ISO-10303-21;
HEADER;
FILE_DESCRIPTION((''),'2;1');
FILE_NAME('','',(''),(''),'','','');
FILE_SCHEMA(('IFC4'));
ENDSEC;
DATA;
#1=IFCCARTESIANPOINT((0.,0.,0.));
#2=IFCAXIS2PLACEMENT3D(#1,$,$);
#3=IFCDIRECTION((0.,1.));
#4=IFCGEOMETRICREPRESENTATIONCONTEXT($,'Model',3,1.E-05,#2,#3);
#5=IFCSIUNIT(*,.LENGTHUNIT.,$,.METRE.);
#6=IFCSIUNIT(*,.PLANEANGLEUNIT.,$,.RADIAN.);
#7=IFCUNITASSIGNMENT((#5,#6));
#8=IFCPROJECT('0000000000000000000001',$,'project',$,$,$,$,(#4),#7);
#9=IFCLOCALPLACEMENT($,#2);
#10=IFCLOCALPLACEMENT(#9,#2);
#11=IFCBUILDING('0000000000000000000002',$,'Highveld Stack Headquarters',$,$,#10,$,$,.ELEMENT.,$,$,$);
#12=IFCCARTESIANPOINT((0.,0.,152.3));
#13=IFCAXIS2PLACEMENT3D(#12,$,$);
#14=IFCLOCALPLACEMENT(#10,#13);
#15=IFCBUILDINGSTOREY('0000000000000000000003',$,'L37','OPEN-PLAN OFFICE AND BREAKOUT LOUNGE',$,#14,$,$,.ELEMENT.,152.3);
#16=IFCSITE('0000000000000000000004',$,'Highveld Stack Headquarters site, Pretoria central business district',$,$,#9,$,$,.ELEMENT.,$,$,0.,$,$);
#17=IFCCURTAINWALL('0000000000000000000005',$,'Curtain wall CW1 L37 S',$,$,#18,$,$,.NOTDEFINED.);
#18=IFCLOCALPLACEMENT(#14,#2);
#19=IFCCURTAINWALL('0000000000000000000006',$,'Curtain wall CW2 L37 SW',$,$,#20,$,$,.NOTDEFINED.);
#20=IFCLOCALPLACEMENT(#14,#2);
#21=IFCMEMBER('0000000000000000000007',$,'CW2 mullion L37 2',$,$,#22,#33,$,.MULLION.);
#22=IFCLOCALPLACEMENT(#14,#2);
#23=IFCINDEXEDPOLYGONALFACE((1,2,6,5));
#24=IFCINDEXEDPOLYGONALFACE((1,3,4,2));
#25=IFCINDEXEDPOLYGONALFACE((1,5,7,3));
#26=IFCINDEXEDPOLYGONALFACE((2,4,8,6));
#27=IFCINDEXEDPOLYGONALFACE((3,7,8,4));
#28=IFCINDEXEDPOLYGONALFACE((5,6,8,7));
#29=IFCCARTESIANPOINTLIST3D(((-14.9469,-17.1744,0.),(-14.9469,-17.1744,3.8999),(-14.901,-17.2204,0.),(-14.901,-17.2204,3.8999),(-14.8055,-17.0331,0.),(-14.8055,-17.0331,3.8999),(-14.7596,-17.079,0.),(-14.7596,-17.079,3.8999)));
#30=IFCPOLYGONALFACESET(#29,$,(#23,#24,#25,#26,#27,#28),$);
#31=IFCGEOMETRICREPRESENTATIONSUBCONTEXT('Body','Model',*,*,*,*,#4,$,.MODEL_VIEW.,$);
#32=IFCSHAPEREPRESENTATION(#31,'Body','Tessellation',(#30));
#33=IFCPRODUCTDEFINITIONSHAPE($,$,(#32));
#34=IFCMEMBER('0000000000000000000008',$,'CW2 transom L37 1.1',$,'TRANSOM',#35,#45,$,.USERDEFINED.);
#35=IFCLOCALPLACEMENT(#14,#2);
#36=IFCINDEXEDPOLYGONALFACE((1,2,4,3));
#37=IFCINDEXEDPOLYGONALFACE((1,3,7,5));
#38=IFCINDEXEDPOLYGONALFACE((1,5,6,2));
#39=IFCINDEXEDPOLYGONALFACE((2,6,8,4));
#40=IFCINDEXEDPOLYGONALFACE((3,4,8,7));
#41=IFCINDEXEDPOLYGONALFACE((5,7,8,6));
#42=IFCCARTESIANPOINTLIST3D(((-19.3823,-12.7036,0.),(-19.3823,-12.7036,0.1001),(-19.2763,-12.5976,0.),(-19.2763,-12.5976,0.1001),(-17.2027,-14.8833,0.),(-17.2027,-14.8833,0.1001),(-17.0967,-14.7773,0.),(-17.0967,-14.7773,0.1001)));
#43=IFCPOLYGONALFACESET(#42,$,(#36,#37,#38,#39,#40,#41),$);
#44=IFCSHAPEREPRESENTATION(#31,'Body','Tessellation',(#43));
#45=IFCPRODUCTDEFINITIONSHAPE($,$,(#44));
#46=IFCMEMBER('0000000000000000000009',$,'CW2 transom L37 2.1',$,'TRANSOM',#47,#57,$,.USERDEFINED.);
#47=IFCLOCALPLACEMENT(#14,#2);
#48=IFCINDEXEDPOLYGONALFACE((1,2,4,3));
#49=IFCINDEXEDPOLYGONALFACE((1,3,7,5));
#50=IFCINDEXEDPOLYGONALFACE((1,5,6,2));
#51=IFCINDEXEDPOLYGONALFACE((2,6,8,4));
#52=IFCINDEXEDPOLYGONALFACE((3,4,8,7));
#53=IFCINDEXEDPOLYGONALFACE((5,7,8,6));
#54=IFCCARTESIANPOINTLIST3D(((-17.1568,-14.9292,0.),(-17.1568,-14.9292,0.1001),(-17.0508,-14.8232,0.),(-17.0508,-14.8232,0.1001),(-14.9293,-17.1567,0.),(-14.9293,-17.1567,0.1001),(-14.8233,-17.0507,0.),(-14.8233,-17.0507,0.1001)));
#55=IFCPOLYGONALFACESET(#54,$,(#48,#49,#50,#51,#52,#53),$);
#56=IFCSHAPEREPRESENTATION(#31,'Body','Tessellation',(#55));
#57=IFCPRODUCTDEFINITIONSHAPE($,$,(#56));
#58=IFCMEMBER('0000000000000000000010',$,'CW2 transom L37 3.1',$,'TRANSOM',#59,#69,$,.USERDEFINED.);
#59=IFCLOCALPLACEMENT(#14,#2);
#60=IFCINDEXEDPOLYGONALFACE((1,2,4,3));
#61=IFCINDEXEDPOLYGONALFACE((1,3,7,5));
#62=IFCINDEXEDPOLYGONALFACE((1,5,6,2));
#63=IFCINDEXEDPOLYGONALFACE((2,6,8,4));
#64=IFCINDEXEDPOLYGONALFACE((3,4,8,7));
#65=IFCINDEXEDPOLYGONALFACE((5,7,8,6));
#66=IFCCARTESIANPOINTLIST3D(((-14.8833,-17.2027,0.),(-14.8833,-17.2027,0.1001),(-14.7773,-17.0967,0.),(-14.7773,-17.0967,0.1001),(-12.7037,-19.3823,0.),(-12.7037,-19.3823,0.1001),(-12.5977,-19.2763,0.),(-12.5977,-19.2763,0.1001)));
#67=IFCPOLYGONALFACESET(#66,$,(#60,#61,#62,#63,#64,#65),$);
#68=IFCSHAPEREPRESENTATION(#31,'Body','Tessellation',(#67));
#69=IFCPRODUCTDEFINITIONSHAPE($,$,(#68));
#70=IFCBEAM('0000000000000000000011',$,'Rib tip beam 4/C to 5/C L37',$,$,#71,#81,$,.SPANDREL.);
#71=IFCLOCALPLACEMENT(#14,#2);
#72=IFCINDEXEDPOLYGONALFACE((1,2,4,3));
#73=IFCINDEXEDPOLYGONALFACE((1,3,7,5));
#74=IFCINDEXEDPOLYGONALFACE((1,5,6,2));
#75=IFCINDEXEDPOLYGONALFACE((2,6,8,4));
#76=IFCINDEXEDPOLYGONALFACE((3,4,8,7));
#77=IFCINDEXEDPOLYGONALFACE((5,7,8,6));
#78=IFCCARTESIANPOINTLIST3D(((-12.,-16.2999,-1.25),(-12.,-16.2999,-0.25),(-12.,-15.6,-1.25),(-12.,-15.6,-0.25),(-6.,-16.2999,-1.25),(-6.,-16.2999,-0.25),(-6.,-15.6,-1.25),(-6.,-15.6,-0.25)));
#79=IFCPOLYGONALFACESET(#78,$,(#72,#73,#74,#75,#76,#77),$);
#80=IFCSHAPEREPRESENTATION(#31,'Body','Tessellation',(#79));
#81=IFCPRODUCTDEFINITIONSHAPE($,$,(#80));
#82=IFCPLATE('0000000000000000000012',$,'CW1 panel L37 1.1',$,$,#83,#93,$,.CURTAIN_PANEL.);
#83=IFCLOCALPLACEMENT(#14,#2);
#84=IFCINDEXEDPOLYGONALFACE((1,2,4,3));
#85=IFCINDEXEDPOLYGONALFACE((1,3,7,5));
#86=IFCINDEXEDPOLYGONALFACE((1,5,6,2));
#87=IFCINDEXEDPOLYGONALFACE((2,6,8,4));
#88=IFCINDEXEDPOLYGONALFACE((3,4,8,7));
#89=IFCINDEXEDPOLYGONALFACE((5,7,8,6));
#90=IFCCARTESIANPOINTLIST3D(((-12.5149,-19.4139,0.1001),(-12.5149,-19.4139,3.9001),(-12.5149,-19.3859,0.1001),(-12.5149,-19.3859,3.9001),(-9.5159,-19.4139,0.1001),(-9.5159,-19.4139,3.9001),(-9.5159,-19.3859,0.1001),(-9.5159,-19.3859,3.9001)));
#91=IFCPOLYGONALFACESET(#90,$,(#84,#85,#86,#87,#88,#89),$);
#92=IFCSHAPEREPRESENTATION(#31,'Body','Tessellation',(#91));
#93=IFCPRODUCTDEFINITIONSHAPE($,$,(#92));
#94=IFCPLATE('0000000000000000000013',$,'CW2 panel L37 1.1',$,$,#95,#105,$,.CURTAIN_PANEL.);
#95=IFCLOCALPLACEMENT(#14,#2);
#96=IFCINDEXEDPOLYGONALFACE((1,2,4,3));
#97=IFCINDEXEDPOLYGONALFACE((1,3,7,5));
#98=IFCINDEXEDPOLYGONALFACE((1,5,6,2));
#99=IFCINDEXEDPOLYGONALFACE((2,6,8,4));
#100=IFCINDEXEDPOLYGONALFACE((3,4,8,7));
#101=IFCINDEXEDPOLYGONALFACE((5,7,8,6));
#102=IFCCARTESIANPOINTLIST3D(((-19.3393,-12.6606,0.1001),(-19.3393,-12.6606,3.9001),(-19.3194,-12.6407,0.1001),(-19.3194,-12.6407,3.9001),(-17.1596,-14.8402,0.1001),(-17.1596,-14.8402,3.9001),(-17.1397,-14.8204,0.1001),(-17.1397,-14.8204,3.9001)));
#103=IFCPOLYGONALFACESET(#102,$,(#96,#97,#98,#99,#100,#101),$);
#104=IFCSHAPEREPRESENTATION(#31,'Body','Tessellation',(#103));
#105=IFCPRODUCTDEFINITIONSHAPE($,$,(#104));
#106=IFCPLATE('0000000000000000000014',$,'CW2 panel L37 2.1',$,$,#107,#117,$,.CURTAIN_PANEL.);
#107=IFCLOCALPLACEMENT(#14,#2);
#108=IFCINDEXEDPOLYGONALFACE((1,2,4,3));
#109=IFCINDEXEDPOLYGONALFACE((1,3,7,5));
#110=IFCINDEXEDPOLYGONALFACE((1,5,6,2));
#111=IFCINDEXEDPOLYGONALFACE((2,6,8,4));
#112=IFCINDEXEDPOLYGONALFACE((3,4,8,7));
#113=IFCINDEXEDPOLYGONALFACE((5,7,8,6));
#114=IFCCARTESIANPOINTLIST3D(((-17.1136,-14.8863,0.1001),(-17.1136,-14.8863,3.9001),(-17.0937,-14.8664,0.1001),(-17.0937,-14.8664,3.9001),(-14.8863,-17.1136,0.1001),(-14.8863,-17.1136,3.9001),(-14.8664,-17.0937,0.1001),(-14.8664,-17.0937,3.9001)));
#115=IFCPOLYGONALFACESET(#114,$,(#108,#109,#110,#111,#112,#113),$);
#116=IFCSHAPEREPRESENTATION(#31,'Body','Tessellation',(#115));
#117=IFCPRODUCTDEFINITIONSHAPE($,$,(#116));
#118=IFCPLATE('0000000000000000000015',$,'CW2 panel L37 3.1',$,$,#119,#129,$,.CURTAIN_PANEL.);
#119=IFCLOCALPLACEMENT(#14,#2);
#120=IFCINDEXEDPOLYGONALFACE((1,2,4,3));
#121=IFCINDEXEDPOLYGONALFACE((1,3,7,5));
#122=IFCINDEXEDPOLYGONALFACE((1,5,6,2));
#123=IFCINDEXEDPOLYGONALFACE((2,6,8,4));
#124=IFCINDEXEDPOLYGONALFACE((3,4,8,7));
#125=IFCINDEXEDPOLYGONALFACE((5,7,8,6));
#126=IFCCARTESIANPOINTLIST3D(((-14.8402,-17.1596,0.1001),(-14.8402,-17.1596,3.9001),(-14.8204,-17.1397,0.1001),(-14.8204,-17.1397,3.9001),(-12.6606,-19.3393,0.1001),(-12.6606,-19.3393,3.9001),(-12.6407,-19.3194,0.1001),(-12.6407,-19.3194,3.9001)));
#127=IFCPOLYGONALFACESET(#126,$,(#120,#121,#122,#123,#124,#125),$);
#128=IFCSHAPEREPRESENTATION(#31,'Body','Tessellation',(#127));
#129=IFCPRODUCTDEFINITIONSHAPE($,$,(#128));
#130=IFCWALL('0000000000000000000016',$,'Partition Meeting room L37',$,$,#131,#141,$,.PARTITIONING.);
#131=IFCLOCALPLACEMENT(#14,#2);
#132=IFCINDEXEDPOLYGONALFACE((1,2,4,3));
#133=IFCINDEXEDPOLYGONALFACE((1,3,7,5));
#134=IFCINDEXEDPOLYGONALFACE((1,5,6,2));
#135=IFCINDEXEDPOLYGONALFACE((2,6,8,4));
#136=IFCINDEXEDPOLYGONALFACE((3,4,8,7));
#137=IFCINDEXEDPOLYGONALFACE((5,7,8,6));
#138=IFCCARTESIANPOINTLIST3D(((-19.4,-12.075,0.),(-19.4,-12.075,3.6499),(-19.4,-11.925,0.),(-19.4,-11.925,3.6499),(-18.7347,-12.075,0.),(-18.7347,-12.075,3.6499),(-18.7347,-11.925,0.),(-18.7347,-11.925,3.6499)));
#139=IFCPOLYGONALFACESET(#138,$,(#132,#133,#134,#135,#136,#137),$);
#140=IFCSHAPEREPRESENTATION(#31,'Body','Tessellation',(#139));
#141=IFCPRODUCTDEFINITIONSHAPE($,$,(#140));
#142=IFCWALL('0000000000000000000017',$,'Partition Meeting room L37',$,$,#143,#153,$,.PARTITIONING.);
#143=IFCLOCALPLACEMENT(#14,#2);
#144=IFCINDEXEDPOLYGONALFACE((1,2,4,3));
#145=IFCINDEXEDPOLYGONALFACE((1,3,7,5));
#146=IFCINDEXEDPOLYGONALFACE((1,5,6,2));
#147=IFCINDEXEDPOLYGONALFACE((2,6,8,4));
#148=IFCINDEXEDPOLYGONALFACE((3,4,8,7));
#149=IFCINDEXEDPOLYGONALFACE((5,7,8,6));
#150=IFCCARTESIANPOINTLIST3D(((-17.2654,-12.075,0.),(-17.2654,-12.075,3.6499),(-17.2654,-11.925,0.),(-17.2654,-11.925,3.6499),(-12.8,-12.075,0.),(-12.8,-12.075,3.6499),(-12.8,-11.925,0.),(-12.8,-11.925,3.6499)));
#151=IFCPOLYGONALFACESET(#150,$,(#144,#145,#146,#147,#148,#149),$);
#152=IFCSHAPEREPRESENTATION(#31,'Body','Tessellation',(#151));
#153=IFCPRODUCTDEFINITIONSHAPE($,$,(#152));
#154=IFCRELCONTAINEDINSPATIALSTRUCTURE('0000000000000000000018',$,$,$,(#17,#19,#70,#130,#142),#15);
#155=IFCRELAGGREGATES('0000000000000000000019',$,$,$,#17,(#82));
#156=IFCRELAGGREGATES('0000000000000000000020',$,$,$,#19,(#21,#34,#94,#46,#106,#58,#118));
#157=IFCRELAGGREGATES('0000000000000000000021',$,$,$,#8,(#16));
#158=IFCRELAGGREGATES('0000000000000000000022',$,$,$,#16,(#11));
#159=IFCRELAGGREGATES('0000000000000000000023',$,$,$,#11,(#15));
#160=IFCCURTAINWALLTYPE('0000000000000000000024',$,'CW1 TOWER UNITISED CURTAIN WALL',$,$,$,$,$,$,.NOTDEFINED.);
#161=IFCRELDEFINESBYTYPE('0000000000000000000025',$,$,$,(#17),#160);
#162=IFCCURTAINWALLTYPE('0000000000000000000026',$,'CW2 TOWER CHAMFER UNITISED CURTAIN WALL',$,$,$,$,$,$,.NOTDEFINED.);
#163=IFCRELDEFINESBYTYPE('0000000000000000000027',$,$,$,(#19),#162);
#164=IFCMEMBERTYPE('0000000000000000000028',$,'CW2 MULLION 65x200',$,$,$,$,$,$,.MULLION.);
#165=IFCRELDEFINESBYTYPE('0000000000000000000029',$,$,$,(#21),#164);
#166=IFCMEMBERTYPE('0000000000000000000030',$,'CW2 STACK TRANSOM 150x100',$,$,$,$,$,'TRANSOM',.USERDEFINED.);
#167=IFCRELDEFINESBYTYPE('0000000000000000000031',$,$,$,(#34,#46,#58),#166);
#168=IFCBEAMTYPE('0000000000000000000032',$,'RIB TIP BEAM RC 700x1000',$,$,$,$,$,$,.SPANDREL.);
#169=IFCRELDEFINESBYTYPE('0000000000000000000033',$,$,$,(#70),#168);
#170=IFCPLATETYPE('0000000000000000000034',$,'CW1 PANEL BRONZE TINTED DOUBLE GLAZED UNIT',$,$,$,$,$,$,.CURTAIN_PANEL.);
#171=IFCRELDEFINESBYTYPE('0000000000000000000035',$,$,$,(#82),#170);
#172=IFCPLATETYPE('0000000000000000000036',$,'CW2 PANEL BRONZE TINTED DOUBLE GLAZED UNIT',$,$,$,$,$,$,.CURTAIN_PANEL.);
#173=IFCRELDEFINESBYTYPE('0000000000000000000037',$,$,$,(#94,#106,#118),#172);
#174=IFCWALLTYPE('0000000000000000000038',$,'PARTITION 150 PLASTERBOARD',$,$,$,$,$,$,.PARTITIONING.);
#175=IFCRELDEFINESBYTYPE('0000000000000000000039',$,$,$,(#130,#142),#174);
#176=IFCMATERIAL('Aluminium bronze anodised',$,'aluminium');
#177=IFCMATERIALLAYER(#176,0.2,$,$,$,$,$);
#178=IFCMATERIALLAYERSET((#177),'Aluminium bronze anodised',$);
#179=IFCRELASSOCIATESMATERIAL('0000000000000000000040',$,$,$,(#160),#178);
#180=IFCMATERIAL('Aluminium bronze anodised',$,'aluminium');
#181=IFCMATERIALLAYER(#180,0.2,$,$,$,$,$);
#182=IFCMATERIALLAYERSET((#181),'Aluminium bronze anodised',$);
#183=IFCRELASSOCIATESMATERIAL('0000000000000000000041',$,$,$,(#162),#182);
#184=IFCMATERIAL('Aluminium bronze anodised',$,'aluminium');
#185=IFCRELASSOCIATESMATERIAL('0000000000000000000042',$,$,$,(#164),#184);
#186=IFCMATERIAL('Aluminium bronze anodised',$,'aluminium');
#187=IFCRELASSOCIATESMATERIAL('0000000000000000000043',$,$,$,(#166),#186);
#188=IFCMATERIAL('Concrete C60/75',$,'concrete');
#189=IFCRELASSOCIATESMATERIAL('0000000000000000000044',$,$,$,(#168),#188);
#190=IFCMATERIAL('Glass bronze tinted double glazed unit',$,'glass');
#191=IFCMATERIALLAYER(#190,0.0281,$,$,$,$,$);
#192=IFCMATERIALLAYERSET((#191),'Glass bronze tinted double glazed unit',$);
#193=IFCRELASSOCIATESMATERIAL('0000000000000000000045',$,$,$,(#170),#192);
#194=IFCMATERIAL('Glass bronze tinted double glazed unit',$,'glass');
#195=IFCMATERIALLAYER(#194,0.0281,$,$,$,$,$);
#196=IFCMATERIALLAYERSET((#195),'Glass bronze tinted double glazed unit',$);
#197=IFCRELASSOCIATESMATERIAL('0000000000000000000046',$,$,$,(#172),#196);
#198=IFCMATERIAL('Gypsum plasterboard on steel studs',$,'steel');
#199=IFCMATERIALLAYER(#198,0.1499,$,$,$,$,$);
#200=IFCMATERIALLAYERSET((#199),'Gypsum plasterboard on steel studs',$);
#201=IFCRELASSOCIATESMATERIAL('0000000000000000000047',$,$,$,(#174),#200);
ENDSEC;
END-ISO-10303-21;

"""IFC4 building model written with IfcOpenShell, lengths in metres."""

from ifc_helpers import new_model, si_unit, direction, frame, frame_2d, origin, origin_2d, place, context, subcontext, project, spatial, rectangle, extrude, material, layer, layer_set, material_profile, profile_set, type_object, element, aggregate, save


model = new_model("IFC4")

# Units and contexts
model_context = context("Model", 3, precision=1e-05, world=origin(), true_north=direction((0.0, 1.0)))
body_context = subcontext(model_context, "Body", "Model", "MODEL_VIEW")
ifc_project = project(units=[si_unit("LENGTHUNIT", "METRE"), si_unit("PLANEANGLEUNIT", "RADIAN")], contexts=[model_context])

# Site, building, storey
site_placement = place(None, origin())
site = spatial("IfcSite", under=ifc_project, at=site_placement, Name="Highveld Stack Headquarters site, Pretoria central business district", CompositionType="ELEMENT", RefElevation=0.0)
building_placement = place(site_placement, origin())
building = spatial("IfcBuilding", under=site, at=building_placement, Name="Highveld Stack Headquarters", CompositionType="ELEMENT")
storey_placement = place(building_placement, frame((0.0, 0.0, 152.3)))
storey = spatial("IfcBuildingStorey", under=building, at=storey_placement, Name="L37", Description="OPEN-PLAN OFFICE AND BREAKOUT LOUNGE", CompositionType="ELEMENT", Elevation=152.3)

# Curtain wall
ifc_material_1 = material(Name="Aluminium bronze anodised", Category="aluminium")
ifc_layer_1 = layer(ifc_material_1, 0.2)
ifc_layer_set_1 = layer_set([ifc_layer_1], Name="Aluminium bronze anodised")
curtain_wall_type_1 = type_object("IfcCurtainWallType", Name="CW1 TOWER UNITISED CURTAIN WALL", PredefinedType="NOTDEFINED", material=ifc_layer_set_1)
curtain_wall_1_placement = place(storey_placement, origin())
curtain_wall_1 = element("IfcCurtainWall", 1, at=curtain_wall_1_placement, inside=storey, type_object=curtain_wall_type_1, Name="Curtain wall CW1 L37 S", PredefinedType="NOTDEFINED")

# Curtain wall, members
ifc_material_2 = material(Name="Aluminium bronze anodised", Category="aluminium")
ifc_layer_2 = layer(ifc_material_2, 0.2)
ifc_layer_set_2 = layer_set([ifc_layer_2], Name="Aluminium bronze anodised")
curtain_wall_type_2 = type_object("IfcCurtainWallType", Name="CW2 TOWER CHAMFER UNITISED CURTAIN WALL", PredefinedType="NOTDEFINED", material=ifc_layer_set_2)
curtain_wall_2_placement = place(storey_placement, origin())
curtain_wall_2 = element("IfcCurtainWall", 2, at=curtain_wall_2_placement, inside=storey, type_object=curtain_wall_type_2, Name="Curtain wall CW2 L37 SW", PredefinedType="NOTDEFINED")
ifc_material_3 = material(Name="Aluminium bronze anodised", Category="aluminium")
ifc_material_profile_1 = material_profile(ifc_material_3, rectangle(XDim=0.2, YDim=0.0649, at=origin_2d()), Name="CW2 MULLION 65x200")
ifc_profile_set_1 = profile_set([ifc_material_profile_1], Name="Aluminium bronze anodised")
member_type_1 = type_object("IfcMemberType", Name="CW2 MULLION 65x200", PredefinedType="MULLION", material=ifc_profile_set_1)
member_1_placement = place(storey_placement, frame((-14.8533, -17.1267, 0.0), z_axis=(0.0, 0.0, 1.0), x_axis=(0.707107, 0.707107, 0.0)))
member_1 = element("IfcMember", 3, at=member_1_placement, type_object=member_type_1, Name="CW2 mullion L37 2", PredefinedType="MULLION", context=body_context, shape_type="SweptSolid", body=[
    extrude(rectangle(XDim=0.2, YDim=0.0649, at=origin_2d()), origin(), (0.0, 0.0, 1.0), 3.8999),
])
ifc_material_4 = material(Name="Aluminium bronze anodised", Category="aluminium")
ifc_material_profile_2 = material_profile(ifc_material_4, rectangle(XDim=0.1499, YDim=0.1001, at=origin_2d()), Name="CW2 TRANSOM 150x100")
ifc_profile_set_2 = profile_set([ifc_material_profile_2], Name="Aluminium bronze anodised")
member_type_2 = type_object("IfcMemberType", Name="CW2 STACK TRANSOM 150x100", ElementType="TRANSOM", PredefinedType="USERDEFINED", material=ifc_profile_set_2)
member_2_placement = place(storey_placement, frame((-19.3293, -12.6506, 0.05), z_axis=(0.707107, -0.707107, 0.0), x_axis=(0.707107, 0.707107, 0.0)))
member_2 = element("IfcMember", 4, at=member_2_placement, type_object=member_type_2, Name="CW2 transom L37 1.1", ObjectType="TRANSOM", PredefinedType="USERDEFINED", context=body_context, shape_type="SweptSolid", body=[
    extrude(rectangle(XDim=0.1499, YDim=0.1001, at=origin_2d()), origin(), (0.0, 0.0, 1.0), 3.0825),
])
member_3_placement = place(storey_placement, frame((-17.1038, -14.8762, 0.05), z_axis=(0.707107, -0.707107, 0.0), x_axis=(0.707107, 0.707107, 0.0)))
member_3 = element("IfcMember", 5, at=member_3_placement, type_object=member_type_2, Name="CW2 transom L37 2.1", ObjectType="TRANSOM", PredefinedType="USERDEFINED", context=body_context, shape_type="SweptSolid", body=[
    extrude(rectangle(XDim=0.1499, YDim=0.1001, at=origin_2d()), origin(), (0.0, 0.0, 1.0), 3.1501),
])
member_4_placement = place(storey_placement, frame((-14.8303, -17.1497, 0.05), z_axis=(0.707107, -0.707107, 0.0), x_axis=(0.707107, 0.707107, 0.0)))
member_4 = element("IfcMember", 6, at=member_4_placement, type_object=member_type_2, Name="CW2 transom L37 3.1", ObjectType="TRANSOM", PredefinedType="USERDEFINED", context=body_context, shape_type="SweptSolid", body=[
    extrude(rectangle(XDim=0.1499, YDim=0.1001, at=origin_2d()), origin(), (0.0, 0.0, 1.0), 3.0825),
])

# Beam
ifc_material_5 = material(Name="Concrete C60/75", Category="concrete")
ifc_material_profile_3 = material_profile(ifc_material_5, rectangle(XDim=0.7, YDim=1.0, at=origin_2d()), Name="RC 700x1000")
ifc_profile_set_3 = profile_set([ifc_material_profile_3], Name="Concrete C60/75")
beam_type_1 = type_object("IfcBeamType", Name="RIB TIP BEAM RC 700x1000", PredefinedType="SPANDREL", material=ifc_profile_set_3)
beam_1_placement = place(storey_placement, frame((-12.0, -15.95, -0.75), z_axis=(1.0, 0.0, 0.0), x_axis=(0.0, 1.0, 0.0)))
element("IfcBeam", 7, at=beam_1_placement, inside=storey, type_object=beam_type_1, Name="Rib tip beam 4/C to 5/C L37", PredefinedType="SPANDREL", context=body_context, shape_type="SweptSolid", body=[
    extrude(rectangle(XDim=0.7, YDim=1.0, at=origin_2d()), origin(), (0.0, 0.0, 1.0), 6.0),
])

# Plates
ifc_material_6 = material(Name="Glass bronze tinted double glazed unit", Category="glass")
ifc_layer_3 = layer(ifc_material_6, 0.0281)
ifc_layer_set_3 = layer_set([ifc_layer_3], Name="Glass bronze tinted double glazed unit")
plate_type_1 = type_object("IfcPlateType", Name="CW1 PANEL BRONZE TINTED DOUBLE GLAZED UNIT", PredefinedType="CURTAIN_PANEL", material=ifc_layer_set_3)
plate_1_placement = place(storey_placement, frame((-11.0154, -19.3999, 0.1001), z_axis=(0.0, 0.0, 1.0), x_axis=(1.0, 0.0, 0.0)))
plate_1 = element("IfcPlate", 8, at=plate_1_placement, type_object=plate_type_1, Name="CW1 panel L37 1.1", PredefinedType="CURTAIN_PANEL", context=body_context, shape_type="SweptSolid", body=[
    extrude(rectangle(XDim=2.999, YDim=0.0281, at=origin_2d()), origin(), (0.0, 0.0, 1.0), 3.8),
])
aggregate(curtain_wall_1, [plate_1])
ifc_material_7 = material(Name="Glass bronze tinted double glazed unit", Category="glass")
ifc_layer_4 = layer(ifc_material_7, 0.0281)
ifc_layer_set_4 = layer_set([ifc_layer_4], Name="Glass bronze tinted double glazed unit")
plate_type_2 = type_object("IfcPlateType", Name="CW2 PANEL BRONZE TINTED DOUBLE GLAZED UNIT", PredefinedType="CURTAIN_PANEL", material=ifc_layer_set_4)
plate_2_placement = place(storey_placement, frame((-18.2395, -13.7405, 0.1001), z_axis=(0.0, 0.0, 1.0), x_axis=(0.707107, -0.707107, 0.0)))
plate_2 = element("IfcPlate", 9, at=plate_2_placement, type_object=plate_type_2, Name="CW2 panel L37 1.1", PredefinedType="CURTAIN_PANEL", context=body_context, shape_type="SweptSolid", body=[
    extrude(rectangle(XDim=3.0825, YDim=0.0281, at=origin_2d()), origin(), (0.0, 0.0, 1.0), 3.8),
])
plate_3_placement = place(storey_placement, frame((-15.99, -15.99, 0.1001), z_axis=(0.0, 0.0, 1.0), x_axis=(0.707107, -0.707107, 0.0)))
plate_3 = element("IfcPlate", 10, at=plate_3_placement, type_object=plate_type_2, Name="CW2 panel L37 2.1", PredefinedType="CURTAIN_PANEL", context=body_context, shape_type="SweptSolid", body=[
    extrude(rectangle(XDim=3.1499, YDim=0.0281, at=origin_2d()), origin(), (0.0, 0.0, 1.0), 3.8),
])
plate_4_placement = place(storey_placement, frame((-13.7405, -18.2395, 0.1001), z_axis=(0.0, 0.0, 1.0), x_axis=(0.707107, -0.707107, 0.0)))
plate_4 = element("IfcPlate", 11, at=plate_4_placement, type_object=plate_type_2, Name="CW2 panel L37 3.1", PredefinedType="CURTAIN_PANEL", context=body_context, shape_type="SweptSolid", body=[
    extrude(rectangle(XDim=3.0825, YDim=0.0281, at=origin_2d()), origin(), (0.0, 0.0, 1.0), 3.8),
])
aggregate(curtain_wall_2, [member_1, member_2, plate_2, member_3, plate_3, member_4, plate_4])

# Walls
ifc_material_8 = material(Name="Gypsum plasterboard on steel studs", Category="steel")
ifc_layer_5 = layer(ifc_material_8, 0.1499)
ifc_layer_set_5 = layer_set([ifc_layer_5], Name="Gypsum plasterboard on steel studs")
wall_type = type_object("IfcWallType", Name="PARTITION 150 PLASTERBOARD", PredefinedType="PARTITIONING", material=ifc_layer_set_5)
wall_1_placement = place(storey_placement, frame((-19.3999, -12.0, 0.0), z_axis=(0.0, 0.0, 1.0), x_axis=(1.0, 0.0, 0.0)))
element("IfcWall", 12, at=wall_1_placement, inside=storey, type_object=wall_type, Name="Partition Meeting room L37", PredefinedType="PARTITIONING", context=body_context, shape_type="SweptSolid", body=[
    extrude(rectangle(XDim=0.6653, YDim=0.1499, at=frame_2d((0.3325, 0.0))), origin(), (0.0, 0.0, 1.0), 3.6499),
])
wall_2_placement = place(storey_placement, frame((-17.2654, -12.0, 0.0), z_axis=(0.0, 0.0, 1.0), x_axis=(1.0, 0.0, 0.0)))
element("IfcWall", 13, at=wall_2_placement, inside=storey, type_object=wall_type, Name="Partition Meeting room L37", PredefinedType="PARTITIONING", context=body_context, shape_type="SweptSolid", body=[
    extrude(rectangle(XDim=4.4653, YDim=0.1499, at=frame_2d((2.2327, 0.0))), origin(), (0.0, 0.0, 1.0), 3.6499),
])

save(model, "model.ifc")
